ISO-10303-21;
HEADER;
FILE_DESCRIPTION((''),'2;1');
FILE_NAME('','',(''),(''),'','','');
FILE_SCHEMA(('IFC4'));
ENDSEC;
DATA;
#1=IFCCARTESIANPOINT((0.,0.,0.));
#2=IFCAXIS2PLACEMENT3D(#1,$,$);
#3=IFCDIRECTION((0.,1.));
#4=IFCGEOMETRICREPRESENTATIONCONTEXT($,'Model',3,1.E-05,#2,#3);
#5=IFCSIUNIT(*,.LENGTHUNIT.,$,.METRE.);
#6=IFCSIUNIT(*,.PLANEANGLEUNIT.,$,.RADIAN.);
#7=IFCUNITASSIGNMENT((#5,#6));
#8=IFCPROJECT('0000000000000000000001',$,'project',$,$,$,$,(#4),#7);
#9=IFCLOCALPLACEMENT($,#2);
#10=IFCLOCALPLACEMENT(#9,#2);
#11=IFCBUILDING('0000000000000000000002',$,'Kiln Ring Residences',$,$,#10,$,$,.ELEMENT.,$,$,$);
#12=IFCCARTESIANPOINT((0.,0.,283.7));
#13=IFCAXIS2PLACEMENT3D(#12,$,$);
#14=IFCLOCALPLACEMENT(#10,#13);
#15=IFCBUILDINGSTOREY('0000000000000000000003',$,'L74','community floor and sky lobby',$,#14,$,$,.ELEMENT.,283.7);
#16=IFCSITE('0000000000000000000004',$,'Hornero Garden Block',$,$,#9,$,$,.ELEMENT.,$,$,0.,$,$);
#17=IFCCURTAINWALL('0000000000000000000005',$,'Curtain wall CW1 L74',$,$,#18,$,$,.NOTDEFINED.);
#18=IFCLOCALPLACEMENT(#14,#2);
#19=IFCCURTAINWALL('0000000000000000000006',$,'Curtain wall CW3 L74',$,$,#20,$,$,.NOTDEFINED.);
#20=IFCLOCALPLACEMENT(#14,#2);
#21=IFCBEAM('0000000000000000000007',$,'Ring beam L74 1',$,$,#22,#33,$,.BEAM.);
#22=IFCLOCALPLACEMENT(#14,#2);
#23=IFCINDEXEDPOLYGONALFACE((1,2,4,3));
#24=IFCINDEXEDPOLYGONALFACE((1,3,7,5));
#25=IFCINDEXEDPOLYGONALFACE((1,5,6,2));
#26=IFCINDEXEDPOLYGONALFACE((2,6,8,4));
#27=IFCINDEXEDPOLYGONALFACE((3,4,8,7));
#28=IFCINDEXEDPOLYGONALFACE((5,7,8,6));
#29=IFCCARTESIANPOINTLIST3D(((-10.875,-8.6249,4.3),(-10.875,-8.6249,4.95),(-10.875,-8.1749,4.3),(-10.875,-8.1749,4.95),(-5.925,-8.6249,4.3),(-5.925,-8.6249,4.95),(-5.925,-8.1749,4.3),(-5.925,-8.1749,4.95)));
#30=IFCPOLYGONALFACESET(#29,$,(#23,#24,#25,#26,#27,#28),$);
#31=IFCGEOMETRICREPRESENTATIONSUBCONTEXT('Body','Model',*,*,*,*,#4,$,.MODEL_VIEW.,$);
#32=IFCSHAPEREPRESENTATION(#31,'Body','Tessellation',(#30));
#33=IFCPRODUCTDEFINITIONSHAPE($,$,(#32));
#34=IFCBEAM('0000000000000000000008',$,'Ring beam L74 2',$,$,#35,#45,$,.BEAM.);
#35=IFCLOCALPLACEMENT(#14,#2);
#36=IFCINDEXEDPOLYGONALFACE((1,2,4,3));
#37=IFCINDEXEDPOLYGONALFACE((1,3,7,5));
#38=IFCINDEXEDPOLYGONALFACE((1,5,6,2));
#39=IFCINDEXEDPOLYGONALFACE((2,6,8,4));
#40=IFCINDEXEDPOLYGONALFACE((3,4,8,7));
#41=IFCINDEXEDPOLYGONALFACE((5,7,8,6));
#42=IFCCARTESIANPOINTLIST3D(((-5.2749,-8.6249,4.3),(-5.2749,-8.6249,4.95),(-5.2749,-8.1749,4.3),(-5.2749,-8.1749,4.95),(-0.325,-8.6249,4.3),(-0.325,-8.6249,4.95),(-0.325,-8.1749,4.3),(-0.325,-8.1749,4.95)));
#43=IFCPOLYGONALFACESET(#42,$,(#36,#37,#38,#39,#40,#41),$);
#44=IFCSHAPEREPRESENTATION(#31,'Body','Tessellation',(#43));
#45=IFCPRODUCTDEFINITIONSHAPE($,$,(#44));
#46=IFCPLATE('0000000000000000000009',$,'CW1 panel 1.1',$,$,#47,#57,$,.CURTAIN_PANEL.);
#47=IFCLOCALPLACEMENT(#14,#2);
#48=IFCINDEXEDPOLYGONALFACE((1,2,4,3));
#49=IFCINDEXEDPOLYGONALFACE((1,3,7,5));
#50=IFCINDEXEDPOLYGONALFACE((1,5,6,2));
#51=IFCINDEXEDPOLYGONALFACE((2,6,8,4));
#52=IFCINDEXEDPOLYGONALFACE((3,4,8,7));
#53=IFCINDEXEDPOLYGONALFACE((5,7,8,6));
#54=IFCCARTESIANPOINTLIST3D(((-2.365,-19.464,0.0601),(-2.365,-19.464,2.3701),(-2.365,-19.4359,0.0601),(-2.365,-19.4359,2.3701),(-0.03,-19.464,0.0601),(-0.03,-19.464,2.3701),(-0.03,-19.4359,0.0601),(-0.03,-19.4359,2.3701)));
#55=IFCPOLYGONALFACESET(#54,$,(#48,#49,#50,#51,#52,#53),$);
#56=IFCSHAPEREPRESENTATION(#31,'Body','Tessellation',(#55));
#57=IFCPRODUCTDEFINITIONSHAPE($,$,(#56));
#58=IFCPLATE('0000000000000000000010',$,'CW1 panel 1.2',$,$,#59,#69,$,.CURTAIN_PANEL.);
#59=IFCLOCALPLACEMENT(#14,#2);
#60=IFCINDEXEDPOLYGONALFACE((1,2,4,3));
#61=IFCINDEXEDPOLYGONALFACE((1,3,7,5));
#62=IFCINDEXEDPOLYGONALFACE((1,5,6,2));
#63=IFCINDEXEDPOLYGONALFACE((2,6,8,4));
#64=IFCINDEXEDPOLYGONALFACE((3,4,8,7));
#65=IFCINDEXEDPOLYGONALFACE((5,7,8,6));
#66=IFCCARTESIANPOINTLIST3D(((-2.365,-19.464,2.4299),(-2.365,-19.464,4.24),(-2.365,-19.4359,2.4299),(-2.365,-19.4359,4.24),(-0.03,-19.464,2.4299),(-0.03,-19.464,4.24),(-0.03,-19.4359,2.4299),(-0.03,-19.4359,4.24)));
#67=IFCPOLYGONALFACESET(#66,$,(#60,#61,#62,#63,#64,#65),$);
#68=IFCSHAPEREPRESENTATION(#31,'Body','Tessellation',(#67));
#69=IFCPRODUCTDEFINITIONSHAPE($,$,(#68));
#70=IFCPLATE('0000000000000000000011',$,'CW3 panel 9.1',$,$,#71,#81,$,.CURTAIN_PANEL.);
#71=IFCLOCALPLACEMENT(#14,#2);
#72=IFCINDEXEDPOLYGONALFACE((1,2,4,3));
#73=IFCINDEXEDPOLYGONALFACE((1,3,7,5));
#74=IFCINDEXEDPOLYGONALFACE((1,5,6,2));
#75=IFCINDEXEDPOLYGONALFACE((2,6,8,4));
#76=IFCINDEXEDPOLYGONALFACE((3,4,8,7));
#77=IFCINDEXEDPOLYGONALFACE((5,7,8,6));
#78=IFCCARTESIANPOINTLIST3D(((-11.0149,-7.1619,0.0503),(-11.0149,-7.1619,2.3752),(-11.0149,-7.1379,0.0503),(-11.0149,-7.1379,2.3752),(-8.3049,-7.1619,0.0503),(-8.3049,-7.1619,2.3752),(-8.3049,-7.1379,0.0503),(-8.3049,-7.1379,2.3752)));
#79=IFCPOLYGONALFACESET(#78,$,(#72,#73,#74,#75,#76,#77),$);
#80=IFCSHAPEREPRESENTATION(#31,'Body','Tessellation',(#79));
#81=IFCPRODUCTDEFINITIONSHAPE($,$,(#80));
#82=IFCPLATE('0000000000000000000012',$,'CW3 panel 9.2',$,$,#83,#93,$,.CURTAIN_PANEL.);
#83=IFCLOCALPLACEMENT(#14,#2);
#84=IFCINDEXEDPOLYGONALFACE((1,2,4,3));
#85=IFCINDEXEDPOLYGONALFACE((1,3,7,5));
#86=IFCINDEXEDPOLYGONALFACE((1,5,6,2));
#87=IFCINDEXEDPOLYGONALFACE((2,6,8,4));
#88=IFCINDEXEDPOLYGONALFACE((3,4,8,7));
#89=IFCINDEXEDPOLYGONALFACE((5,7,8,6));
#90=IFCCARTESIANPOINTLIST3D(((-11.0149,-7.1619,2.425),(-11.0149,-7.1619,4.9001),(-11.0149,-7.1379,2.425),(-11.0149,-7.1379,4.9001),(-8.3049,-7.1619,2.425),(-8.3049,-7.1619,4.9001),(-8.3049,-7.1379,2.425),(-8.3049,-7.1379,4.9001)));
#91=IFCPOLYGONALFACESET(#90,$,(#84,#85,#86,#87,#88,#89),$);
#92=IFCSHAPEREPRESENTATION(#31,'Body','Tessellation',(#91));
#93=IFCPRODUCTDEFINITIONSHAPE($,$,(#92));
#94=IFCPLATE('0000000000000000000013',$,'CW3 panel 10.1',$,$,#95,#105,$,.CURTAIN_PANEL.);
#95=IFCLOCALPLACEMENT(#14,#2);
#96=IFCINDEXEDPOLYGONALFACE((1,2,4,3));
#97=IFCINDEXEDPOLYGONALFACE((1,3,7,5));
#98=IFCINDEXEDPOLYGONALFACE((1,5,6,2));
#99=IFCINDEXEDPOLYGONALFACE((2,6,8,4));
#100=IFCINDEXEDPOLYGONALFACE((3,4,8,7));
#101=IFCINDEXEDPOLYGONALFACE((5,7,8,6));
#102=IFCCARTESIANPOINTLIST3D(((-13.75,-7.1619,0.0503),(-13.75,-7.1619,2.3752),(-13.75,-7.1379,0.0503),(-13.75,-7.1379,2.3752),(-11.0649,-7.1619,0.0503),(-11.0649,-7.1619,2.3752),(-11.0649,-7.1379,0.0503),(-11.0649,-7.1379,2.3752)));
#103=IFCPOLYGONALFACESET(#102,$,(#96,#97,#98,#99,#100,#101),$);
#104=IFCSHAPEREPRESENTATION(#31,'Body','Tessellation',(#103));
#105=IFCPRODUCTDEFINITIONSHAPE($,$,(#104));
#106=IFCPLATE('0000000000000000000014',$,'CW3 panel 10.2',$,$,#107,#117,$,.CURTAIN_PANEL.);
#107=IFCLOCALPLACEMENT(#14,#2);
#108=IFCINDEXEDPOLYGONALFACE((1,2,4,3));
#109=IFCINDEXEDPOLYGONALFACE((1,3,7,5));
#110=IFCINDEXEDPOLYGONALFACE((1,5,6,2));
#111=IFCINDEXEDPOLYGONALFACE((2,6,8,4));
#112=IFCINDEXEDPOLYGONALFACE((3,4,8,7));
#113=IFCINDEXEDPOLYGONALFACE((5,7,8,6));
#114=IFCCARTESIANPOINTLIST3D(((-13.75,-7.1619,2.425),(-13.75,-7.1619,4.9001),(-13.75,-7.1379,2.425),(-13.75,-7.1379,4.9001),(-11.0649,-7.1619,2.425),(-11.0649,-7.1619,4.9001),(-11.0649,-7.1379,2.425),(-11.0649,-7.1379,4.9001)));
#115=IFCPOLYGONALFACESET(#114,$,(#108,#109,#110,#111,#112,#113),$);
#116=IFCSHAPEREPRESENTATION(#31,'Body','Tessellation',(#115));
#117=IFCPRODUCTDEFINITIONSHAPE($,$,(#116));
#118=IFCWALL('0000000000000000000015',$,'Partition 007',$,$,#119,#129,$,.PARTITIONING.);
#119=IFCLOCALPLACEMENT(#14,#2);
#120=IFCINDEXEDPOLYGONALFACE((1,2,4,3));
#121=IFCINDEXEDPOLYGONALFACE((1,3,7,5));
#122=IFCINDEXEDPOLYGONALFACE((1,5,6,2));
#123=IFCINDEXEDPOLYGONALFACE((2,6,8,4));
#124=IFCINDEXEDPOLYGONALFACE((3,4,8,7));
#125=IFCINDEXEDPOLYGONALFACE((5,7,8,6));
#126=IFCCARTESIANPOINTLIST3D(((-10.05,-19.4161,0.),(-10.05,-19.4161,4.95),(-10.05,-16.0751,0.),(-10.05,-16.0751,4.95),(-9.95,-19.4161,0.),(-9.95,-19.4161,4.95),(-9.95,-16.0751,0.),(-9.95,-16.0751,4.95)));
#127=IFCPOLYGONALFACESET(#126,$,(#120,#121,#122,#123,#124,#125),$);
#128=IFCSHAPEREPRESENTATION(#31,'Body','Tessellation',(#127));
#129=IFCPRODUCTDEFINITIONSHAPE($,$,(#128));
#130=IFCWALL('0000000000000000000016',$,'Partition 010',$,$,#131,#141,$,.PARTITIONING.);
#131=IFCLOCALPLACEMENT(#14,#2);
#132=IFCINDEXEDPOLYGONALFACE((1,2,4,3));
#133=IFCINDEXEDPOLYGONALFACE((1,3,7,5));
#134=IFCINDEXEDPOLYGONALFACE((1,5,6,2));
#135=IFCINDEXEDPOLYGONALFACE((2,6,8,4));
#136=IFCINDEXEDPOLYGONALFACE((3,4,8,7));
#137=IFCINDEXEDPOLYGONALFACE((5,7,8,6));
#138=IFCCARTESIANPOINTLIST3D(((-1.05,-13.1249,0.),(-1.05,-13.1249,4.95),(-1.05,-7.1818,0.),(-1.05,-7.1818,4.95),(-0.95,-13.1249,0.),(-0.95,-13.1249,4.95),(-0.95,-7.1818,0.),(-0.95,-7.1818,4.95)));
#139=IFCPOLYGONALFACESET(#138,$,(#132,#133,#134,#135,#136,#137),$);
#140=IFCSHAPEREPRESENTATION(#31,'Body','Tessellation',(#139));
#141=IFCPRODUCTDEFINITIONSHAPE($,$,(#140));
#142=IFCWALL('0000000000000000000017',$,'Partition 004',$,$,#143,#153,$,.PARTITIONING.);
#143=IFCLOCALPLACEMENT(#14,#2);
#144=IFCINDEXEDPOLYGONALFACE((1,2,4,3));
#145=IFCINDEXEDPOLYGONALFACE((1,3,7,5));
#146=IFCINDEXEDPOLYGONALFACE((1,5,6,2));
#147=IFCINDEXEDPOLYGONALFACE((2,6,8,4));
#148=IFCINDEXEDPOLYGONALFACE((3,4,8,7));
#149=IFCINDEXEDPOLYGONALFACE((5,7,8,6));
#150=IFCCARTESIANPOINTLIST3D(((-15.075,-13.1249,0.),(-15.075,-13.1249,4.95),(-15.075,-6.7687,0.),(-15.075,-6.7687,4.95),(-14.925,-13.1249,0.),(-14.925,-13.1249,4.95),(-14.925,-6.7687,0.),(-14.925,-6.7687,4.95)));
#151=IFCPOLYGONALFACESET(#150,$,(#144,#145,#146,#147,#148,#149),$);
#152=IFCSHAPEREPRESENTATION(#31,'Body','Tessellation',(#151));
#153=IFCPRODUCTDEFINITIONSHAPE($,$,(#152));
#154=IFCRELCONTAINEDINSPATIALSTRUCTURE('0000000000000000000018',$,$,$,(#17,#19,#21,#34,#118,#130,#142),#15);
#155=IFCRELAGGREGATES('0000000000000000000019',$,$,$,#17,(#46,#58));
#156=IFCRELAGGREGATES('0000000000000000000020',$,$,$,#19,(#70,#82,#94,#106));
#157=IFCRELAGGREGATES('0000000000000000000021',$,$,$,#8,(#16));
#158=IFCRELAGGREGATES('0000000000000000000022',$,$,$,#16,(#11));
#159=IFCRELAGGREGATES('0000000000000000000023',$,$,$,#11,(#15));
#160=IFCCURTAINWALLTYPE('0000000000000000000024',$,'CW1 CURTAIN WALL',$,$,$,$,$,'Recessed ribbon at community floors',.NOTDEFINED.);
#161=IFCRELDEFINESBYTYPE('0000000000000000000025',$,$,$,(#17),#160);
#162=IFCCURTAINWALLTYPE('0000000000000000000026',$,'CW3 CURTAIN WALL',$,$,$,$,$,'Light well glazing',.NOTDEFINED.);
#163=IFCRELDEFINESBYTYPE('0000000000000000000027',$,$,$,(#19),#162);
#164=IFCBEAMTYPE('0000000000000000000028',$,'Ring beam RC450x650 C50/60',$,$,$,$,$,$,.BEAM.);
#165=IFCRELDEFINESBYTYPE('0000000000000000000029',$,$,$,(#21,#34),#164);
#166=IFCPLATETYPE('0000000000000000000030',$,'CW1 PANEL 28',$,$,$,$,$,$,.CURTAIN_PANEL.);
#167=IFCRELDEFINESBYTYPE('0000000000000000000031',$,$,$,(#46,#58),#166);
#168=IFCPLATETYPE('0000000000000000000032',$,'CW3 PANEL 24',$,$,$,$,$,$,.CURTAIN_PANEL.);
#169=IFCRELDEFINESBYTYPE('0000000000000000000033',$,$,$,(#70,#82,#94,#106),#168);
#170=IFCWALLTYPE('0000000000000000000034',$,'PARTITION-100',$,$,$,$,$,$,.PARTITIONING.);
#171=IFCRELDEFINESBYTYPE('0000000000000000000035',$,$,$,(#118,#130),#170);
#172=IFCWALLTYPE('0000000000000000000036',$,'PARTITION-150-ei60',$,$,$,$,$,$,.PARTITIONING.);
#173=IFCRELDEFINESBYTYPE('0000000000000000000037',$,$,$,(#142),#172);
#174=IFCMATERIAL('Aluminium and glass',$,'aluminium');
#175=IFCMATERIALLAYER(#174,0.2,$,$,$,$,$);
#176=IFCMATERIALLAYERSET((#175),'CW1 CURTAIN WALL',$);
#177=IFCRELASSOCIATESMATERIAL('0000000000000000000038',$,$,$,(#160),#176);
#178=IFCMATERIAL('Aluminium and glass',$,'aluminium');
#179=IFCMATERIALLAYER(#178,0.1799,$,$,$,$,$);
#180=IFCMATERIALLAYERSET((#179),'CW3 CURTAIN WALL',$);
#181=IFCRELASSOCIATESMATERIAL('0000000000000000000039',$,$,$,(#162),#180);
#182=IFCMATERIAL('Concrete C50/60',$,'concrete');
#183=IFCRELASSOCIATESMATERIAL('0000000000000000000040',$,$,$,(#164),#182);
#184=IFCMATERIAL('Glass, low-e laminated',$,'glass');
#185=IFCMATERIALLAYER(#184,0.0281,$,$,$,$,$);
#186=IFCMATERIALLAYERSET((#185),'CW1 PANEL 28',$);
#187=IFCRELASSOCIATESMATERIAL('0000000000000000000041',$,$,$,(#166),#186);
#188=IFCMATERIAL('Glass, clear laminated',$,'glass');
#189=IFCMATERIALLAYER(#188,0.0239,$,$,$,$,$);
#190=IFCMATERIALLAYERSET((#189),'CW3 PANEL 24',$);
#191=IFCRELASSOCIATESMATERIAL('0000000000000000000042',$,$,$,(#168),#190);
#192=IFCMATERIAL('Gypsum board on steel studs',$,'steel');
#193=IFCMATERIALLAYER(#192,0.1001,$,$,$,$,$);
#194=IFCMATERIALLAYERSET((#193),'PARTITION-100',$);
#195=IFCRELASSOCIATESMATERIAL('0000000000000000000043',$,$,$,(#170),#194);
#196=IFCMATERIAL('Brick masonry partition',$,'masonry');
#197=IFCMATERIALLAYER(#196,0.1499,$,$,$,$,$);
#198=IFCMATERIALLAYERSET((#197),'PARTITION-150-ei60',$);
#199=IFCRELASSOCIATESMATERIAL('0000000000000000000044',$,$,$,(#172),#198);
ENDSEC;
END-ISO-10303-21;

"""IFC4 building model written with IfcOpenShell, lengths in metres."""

from ifc_helpers import new_model, si_unit, direction, frame, frame_2d, origin, origin_2d, place, context, subcontext, project, spatial, rectangle, extrude, material, layer, layer_set, material_profile, profile_set, type_object, element, aggregate, save


model = new_model("IFC4")

# Units and contexts
model_context = context("Model", 3, precision=1e-05, world=origin(), true_north=direction((0.0, 1.0)))
body_context = subcontext(model_context, "Body", "Model", "MODEL_VIEW")
ifc_project = project(units=[si_unit("LENGTHUNIT", "METRE"), si_unit("PLANEANGLEUNIT", "RADIAN")], contexts=[model_context])

# Site, building, storey
site_placement = place(None, origin())
site = spatial("IfcSite", under=ifc_project, at=site_placement, Name="Hornero Garden Block", CompositionType="ELEMENT", RefElevation=0.0)
building_placement = place(site_placement, origin())
building = spatial("IfcBuilding", under=site, at=building_placement, Name="Kiln Ring Residences", CompositionType="ELEMENT")
storey_placement = place(building_placement, frame((0.0, 0.0, 283.7)))
storey = spatial("IfcBuildingStorey", under=building, at=storey_placement, Name="L74", Description="community floor and sky lobby", CompositionType="ELEMENT", Elevation=283.7)

# Curtain walls
ifc_material_1 = material(Name="Aluminium and glass", Category="aluminium")
ifc_layer_1 = layer(ifc_material_1, 0.2)
ifc_layer_set_1 = layer_set([ifc_layer_1], Name="CW1 CURTAIN WALL")
curtain_wall_type_1 = type_object("IfcCurtainWallType", Name="CW1 CURTAIN WALL", ElementType="Recessed ribbon at community floors", PredefinedType="NOTDEFINED", material=ifc_layer_set_1)
placement = place(storey_placement, origin())
curtain_wall_1 = element("IfcCurtainWall", 1, at=placement, inside=storey, type_object=curtain_wall_type_1, Name="Curtain wall CW1 L74", PredefinedType="NOTDEFINED")
ifc_material_2 = material(Name="Aluminium and glass", Category="aluminium")
ifc_layer_2 = layer(ifc_material_2, 0.1799)
ifc_layer_set_2 = layer_set([ifc_layer_2], Name="CW3 CURTAIN WALL")
curtain_wall_type_2 = type_object("IfcCurtainWallType", Name="CW3 CURTAIN WALL", ElementType="Light well glazing", PredefinedType="NOTDEFINED", material=ifc_layer_set_2)
curtain_wall_2 = element("IfcCurtainWall", 2, at=placement, inside=storey, type_object=curtain_wall_type_2, Name="Curtain wall CW3 L74", PredefinedType="NOTDEFINED")

# Beams
ifc_material_3 = material(Name="Concrete C50/60", Category="concrete")
ifc_material_profile_1 = material_profile(ifc_material_3, rectangle(XDim=0.45, YDim=0.6499, at=origin_2d()), Name="RC450x650")
ifc_profile_set_1 = profile_set([ifc_material_profile_1], Name="Concrete C50/60")
beam_type = type_object("IfcBeamType", Name="Ring beam RC450x650 C50/60", PredefinedType="BEAM", material=ifc_profile_set_1)
for number, where, z_axis, x_axis, name in (
    (3, (-10.875, -8.3999, 4.625), (1.0, 0.0, 0.0), (0.0, 1.0, 0.0), "Ring beam L74 1"),
    (4, (-5.2749, -8.3999, 4.625), (1.0, 0.0, 0.0), (0.0, 1.0, 0.0), "Ring beam L74 2"),
):
    element("IfcBeam", number, at=place(storey_placement, frame(where, z_axis=z_axis, x_axis=x_axis)), inside=storey, type_object=beam_type, Name=name, PredefinedType="BEAM", context=body_context, shape_type="SweptSolid", body=[
        extrude(rectangle(XDim=0.45, YDim=0.6499, at=origin_2d()), origin(), (0.0, 0.0, 1.0), 4.95),
    ])

# Plates
ifc_material_4 = material(Name="Glass, low-e laminated", Category="glass")
ifc_layer_3 = layer(ifc_material_4, 0.0281)
ifc_layer_set_3 = layer_set([ifc_layer_3], Name="CW1 PANEL 28")
plate_type_1 = type_object("IfcPlateType", Name="CW1 PANEL 28", PredefinedType="CURTAIN_PANEL", material=ifc_layer_set_3)
plate_1_placement = place(storey_placement, frame((-1.1975, -19.45, 0.0601), z_axis=(0.0, 0.0, 1.0), x_axis=(1.0, 0.0, 0.0)))
plate_1 = element("IfcPlate", 5, at=plate_1_placement, type_object=plate_type_1, Name="CW1 panel 1.1", PredefinedType="CURTAIN_PANEL", context=body_context, shape_type="SweptSolid", body=[
    extrude(rectangle(XDim=2.335, YDim=0.0281, at=origin_2d()), origin(), (0.0, 0.0, 1.0), 2.3101),
])
plate_2_placement = place(storey_placement, frame((-1.1975, -19.45, 2.4299), z_axis=(0.0, 0.0, 1.0), x_axis=(1.0, 0.0, 0.0)))
plate_2 = element("IfcPlate", 6, at=plate_2_placement, type_object=plate_type_1, Name="CW1 panel 1.2", PredefinedType="CURTAIN_PANEL", context=body_context, shape_type="SweptSolid", body=[
    extrude(rectangle(XDim=2.335, YDim=0.0281, at=origin_2d()), origin(), (0.0, 0.0, 1.0), 1.8101),
])
aggregate(curtain_wall_1, [plate_1, plate_2])
ifc_material_5 = material(Name="Glass, clear laminated", Category="glass")
ifc_layer_4 = layer(ifc_material_5, 0.0239)
ifc_layer_set_4 = layer_set([ifc_layer_4], Name="CW3 PANEL 24")
plate_type_2 = type_object("IfcPlateType", Name="CW3 PANEL 24", PredefinedType="CURTAIN_PANEL", material=ifc_layer_set_4)
plate_3_placement = place(storey_placement, frame((-9.6599, -7.1499, 0.0503), z_axis=(0.0, 0.0, 1.0), x_axis=(-1.0, 0.0, 0.0)))
plate_3 = element("IfcPlate", 7, at=plate_3_placement, type_object=plate_type_2, Name="CW3 panel 9.1", PredefinedType="CURTAIN_PANEL", context=body_context, shape_type="SweptSolid", body=[
    extrude(rectangle(XDim=2.71, YDim=0.0239, at=origin_2d()), origin(), (0.0, 0.0, 1.0), 2.325),
])
plate_4_placement = place(storey_placement, frame((-9.6599, -7.1499, 2.425), z_axis=(0.0, 0.0, 1.0), x_axis=(-1.0, 0.0, 0.0)))
plate_4 = element("IfcPlate", 8, at=plate_4_placement, type_object=plate_type_2, Name="CW3 panel 9.2", PredefinedType="CURTAIN_PANEL", context=body_context, shape_type="SweptSolid", body=[
    extrude(rectangle(XDim=2.71, YDim=0.0239, at=origin_2d()), origin(), (0.0, 0.0, 1.0), 2.4751),
])
plate_5_placement = place(storey_placement, frame((-12.4075, -7.1499, 0.0503), z_axis=(0.0, 0.0, 1.0), x_axis=(-1.0, 0.0, 0.0)))
plate_5 = element("IfcPlate", 9, at=plate_5_placement, type_object=plate_type_2, Name="CW3 panel 10.1", PredefinedType="CURTAIN_PANEL", context=body_context, shape_type="SweptSolid", body=[
    extrude(rectangle(XDim=2.6851, YDim=0.0239, at=origin_2d()), origin(), (0.0, 0.0, 1.0), 2.325),
])
plate_6_placement = place(storey_placement, frame((-12.4075, -7.1499, 2.425), z_axis=(0.0, 0.0, 1.0), x_axis=(-1.0, 0.0, 0.0)))
plate_6 = element("IfcPlate", 10, at=plate_6_placement, type_object=plate_type_2, Name="CW3 panel 10.2", PredefinedType="CURTAIN_PANEL", context=body_context, shape_type="SweptSolid", body=[
    extrude(rectangle(XDim=2.6851, YDim=0.0239, at=origin_2d()), origin(), (0.0, 0.0, 1.0), 2.4751),
])
aggregate(curtain_wall_2, [plate_3, plate_4, plate_5, plate_6])

# Walls
ifc_material_6 = material(Name="Gypsum board on steel studs", Category="steel")
ifc_layer_5 = layer(ifc_material_6, 0.1001)
ifc_layer_set_5 = layer_set([ifc_layer_5], Name="PARTITION-100")
wall_type_1 = type_object("IfcWallType", Name="PARTITION-100", PredefinedType="PARTITIONING", material=ifc_layer_set_5)
wall_1_placement = place(storey_placement, frame((-10.0, -19.416, 0.0), z_axis=(0.0, 0.0, 1.0), x_axis=(0.0, 1.0, 0.0)))
element("IfcWall", 11, at=wall_1_placement, inside=storey, type_object=wall_type_1, Name="Partition 007", PredefinedType="PARTITIONING", context=body_context, shape_type="SweptSolid", body=[
    extrude(rectangle(XDim=3.3411, YDim=0.1001, at=frame_2d((1.6704, 0.0))), origin(), (0.0, 0.0, 1.0), 4.95),
])
wall_2_placement = place(storey_placement, frame((-1.0, -13.125, 0.0), z_axis=(0.0, 0.0, 1.0), x_axis=(0.0, 1.0, 0.0)))
element("IfcWall", 12, at=wall_2_placement, inside=storey, type_object=wall_type_1, Name="Partition 010", PredefinedType="PARTITIONING", context=body_context, shape_type="SweptSolid", body=[
    extrude(rectangle(XDim=5.9431, YDim=0.1001, at=frame_2d((2.9717, 0.0))), origin(), (0.0, 0.0, 1.0), 4.95),
])
ifc_material_7 = material(Name="Brick masonry partition", Category="masonry")
ifc_layer_6 = layer(ifc_material_7, 0.1499)
ifc_layer_set_6 = layer_set([ifc_layer_6], Name="PARTITION-150-ei60")
wall_type_2 = type_object("IfcWallType", Name="PARTITION-150-ei60", PredefinedType="PARTITIONING", material=ifc_layer_set_6)
wall_3_placement = place(storey_placement, frame((-15.0, -13.125, 0.0), z_axis=(0.0, 0.0, 1.0), x_axis=(0.0, 1.0, 0.0)))
element("IfcWall", 13, at=wall_3_placement, inside=storey, type_object=wall_type_2, Name="Partition 004", PredefinedType="PARTITIONING", context=body_context, shape_type="SweptSolid", body=[
    extrude(rectangle(XDim=6.3562, YDim=0.1499, at=frame_2d((3.1782, 0.0))), origin(), (0.0, 0.0, 1.0), 4.95),
])

save(model, "model.ifc")
